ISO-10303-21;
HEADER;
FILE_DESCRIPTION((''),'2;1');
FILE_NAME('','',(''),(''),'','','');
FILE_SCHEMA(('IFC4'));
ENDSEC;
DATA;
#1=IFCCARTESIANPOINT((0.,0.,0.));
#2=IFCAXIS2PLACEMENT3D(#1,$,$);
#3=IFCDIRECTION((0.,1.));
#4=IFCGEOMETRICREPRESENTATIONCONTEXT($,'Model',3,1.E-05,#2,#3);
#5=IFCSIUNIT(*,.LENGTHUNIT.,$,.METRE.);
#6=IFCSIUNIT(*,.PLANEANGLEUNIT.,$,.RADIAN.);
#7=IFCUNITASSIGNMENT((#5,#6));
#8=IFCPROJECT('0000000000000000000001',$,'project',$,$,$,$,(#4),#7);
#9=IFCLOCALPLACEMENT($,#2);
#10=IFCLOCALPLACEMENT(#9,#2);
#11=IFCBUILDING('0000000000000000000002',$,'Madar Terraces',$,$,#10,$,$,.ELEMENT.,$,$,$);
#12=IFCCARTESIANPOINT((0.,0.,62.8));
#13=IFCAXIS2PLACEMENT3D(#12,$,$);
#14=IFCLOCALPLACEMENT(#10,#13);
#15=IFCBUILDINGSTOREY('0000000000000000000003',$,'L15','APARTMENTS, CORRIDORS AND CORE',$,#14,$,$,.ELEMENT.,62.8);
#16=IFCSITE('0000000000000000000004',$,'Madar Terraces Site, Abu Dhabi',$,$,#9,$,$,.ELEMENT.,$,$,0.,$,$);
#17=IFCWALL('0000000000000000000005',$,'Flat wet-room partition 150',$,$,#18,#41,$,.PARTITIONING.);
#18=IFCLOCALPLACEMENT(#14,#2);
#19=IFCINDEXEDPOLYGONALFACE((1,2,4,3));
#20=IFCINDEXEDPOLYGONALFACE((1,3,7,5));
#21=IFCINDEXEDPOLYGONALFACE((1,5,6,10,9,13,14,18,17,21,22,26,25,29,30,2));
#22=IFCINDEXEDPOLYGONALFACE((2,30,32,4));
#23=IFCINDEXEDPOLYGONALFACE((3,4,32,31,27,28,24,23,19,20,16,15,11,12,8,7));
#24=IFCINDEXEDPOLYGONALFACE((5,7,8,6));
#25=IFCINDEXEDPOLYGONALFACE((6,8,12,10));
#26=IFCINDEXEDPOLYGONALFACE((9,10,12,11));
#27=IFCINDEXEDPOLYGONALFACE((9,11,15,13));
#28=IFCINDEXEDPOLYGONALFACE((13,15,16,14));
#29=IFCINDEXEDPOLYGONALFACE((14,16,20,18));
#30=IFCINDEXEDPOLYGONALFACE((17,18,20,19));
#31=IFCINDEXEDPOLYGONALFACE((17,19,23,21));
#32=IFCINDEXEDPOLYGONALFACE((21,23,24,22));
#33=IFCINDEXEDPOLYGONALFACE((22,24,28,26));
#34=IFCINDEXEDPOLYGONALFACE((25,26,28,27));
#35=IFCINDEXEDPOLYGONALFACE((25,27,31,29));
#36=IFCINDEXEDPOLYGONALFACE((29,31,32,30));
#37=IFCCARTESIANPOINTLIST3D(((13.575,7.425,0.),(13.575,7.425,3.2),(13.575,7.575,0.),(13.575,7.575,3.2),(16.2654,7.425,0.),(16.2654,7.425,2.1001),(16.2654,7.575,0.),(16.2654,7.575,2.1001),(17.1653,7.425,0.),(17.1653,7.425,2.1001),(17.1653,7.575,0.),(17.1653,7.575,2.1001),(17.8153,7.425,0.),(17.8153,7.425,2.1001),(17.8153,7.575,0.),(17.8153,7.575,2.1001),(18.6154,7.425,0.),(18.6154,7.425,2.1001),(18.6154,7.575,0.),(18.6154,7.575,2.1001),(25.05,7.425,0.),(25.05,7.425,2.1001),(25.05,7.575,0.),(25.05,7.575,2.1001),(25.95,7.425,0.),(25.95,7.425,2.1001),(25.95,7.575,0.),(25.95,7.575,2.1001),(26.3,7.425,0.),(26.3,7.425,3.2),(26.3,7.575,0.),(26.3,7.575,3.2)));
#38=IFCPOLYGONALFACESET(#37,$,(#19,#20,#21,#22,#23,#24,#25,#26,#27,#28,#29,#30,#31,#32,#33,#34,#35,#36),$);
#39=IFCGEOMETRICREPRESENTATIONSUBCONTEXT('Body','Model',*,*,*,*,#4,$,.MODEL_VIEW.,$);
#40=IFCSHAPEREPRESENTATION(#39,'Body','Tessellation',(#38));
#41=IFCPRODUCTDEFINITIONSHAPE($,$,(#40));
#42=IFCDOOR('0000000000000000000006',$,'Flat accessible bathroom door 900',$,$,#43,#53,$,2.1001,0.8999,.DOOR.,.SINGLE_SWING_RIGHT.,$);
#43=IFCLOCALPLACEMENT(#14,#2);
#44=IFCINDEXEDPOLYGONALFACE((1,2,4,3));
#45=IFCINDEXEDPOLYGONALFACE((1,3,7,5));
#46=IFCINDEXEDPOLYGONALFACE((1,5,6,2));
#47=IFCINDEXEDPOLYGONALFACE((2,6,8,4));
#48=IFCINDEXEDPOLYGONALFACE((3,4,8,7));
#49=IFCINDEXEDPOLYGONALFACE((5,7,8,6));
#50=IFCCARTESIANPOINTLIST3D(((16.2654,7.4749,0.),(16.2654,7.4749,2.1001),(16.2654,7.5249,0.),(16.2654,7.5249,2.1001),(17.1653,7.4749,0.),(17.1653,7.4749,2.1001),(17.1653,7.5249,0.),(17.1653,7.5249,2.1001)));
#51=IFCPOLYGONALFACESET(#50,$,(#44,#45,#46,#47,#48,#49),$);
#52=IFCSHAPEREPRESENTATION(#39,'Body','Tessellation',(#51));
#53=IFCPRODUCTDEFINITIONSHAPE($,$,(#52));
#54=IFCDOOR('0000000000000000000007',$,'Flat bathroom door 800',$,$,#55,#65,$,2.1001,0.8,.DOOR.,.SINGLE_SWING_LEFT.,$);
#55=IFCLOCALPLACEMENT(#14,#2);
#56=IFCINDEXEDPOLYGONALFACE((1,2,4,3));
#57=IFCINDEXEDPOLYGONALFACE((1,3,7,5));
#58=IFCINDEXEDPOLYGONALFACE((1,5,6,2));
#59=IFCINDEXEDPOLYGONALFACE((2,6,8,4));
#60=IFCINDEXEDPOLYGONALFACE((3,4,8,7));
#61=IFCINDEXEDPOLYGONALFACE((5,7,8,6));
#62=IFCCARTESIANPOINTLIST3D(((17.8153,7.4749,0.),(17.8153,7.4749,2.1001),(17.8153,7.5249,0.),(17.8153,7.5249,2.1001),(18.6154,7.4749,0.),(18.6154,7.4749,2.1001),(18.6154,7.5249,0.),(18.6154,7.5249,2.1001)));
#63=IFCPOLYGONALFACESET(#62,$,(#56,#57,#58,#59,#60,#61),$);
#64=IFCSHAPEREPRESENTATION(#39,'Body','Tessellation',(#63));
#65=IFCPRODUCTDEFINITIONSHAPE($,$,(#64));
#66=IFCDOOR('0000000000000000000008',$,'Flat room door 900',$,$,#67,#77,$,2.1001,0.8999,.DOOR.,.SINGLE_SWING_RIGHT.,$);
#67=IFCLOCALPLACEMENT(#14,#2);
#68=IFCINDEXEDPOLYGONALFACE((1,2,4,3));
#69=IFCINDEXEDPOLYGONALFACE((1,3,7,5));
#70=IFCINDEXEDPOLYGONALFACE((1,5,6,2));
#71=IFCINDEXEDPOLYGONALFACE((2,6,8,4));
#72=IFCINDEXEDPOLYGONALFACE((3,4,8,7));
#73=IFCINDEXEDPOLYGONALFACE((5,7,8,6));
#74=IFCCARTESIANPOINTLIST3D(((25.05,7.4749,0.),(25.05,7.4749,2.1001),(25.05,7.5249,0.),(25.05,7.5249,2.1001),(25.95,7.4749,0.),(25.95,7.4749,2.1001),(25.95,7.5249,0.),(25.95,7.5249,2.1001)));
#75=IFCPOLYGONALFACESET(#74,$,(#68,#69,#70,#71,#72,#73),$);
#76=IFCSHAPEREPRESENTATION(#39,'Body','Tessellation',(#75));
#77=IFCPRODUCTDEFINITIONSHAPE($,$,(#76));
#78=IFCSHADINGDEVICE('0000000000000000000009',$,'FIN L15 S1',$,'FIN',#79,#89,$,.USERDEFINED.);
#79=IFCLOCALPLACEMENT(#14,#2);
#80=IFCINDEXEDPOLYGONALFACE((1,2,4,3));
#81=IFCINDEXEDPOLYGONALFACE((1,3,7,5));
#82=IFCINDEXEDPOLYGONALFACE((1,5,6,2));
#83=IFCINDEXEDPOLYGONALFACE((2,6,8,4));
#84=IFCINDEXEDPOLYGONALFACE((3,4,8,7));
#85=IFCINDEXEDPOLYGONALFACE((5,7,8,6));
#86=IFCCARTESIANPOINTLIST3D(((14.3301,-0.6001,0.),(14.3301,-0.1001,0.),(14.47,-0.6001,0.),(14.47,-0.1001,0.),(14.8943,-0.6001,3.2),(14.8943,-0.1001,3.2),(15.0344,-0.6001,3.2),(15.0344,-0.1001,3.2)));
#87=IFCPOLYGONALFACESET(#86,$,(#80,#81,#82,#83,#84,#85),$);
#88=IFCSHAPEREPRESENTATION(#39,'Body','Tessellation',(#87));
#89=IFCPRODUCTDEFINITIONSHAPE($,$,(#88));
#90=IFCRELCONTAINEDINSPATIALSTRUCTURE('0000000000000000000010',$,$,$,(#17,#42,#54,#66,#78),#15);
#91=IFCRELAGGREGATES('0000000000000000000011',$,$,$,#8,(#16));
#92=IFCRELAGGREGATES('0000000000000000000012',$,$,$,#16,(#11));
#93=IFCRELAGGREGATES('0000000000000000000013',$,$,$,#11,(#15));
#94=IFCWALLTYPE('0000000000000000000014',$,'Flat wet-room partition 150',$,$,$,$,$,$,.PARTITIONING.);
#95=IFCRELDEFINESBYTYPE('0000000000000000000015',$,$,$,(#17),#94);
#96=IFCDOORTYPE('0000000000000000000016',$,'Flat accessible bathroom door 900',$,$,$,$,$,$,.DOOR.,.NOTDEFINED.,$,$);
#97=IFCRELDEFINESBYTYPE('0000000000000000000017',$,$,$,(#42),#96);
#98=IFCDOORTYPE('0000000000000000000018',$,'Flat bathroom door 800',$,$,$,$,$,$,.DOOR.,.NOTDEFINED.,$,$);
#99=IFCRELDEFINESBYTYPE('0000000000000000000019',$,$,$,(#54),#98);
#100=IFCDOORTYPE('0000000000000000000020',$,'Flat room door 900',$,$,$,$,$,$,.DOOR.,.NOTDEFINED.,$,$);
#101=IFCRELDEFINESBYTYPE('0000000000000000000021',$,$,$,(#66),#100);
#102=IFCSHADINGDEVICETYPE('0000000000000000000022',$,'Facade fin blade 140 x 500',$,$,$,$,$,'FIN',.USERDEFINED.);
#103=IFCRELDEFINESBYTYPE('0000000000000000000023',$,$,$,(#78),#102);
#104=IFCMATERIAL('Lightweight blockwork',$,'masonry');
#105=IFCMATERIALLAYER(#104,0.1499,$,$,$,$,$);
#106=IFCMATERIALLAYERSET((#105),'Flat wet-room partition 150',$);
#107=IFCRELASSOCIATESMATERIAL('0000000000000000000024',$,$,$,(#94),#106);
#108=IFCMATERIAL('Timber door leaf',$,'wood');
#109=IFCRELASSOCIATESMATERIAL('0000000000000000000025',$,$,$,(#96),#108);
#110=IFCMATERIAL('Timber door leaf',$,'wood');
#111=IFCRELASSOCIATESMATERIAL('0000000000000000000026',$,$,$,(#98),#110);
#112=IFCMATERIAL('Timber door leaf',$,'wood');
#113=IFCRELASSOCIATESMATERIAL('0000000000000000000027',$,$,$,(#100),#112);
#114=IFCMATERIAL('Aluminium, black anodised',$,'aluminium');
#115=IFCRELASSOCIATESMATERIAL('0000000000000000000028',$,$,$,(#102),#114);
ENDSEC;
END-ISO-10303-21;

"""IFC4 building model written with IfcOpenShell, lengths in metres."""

from ifc_helpers import new_model, si_unit, direction, frame, frame_2d, origin, place, context, subcontext, project, spatial, polyline, rectangle, outline, extrude, material, layer, layer_set, type_object, element, fill, save


model = new_model("IFC4")

# Units and contexts
model_context = context("Model", 3, precision=1e-05, world=origin(), true_north=direction((0.0, 1.0)))
body_context = subcontext(model_context, "Body", "Model", "MODEL_VIEW")
ifc_project = project(units=[si_unit("LENGTHUNIT", "METRE"), si_unit("PLANEANGLEUNIT", "RADIAN")], contexts=[model_context])

# Site, building, storey
site_placement = place(None, origin())
site = spatial("IfcSite", under=ifc_project, at=site_placement, Name="Madar Terraces Site, Abu Dhabi", CompositionType="ELEMENT", RefElevation=0.0)
building_placement = place(site_placement, origin())
building = spatial("IfcBuilding", under=site, at=building_placement, Name="Madar Terraces", CompositionType="ELEMENT")
storey_placement = place(building_placement, frame((0.0, 0.0, 62.8)))
storey = spatial("IfcBuildingStorey", under=building, at=storey_placement, Name="L15", Description="APARTMENTS, CORRIDORS AND CORE", CompositionType="ELEMENT", Elevation=62.8)

# Shared definitions
ifc_material_1 = material(Name="Lightweight blockwork", Category="masonry")
ifc_layer_1 = layer(ifc_material_1, 0.1499)
ifc_layer_set_1 = layer_set([ifc_layer_1], Name="Flat wet-room partition 150")
wall_type_1 = type_object("IfcWallType", Name="Flat wet-room partition 150", PredefinedType="PARTITIONING", material=ifc_layer_set_1)

# Wall, openings, doors
wall_1_placement = place(storey_placement, frame((13.575, 7.5, 0.0), z_axis=(0.0, 0.0, 1.0), x_axis=(1.0, 0.0, 0.0)))
wall_1 = element("IfcWall", 1, at=wall_1_placement, inside=storey, type_object=wall_type_1, Name="Flat wet-room partition 150", PredefinedType="PARTITIONING", context=body_context, shape_type="SweptSolid", body=[
    extrude(rectangle(XDim=12.7251, YDim=0.1499, at=frame_2d((6.3625, 0.0))), origin(), (0.0, 0.0, 1.0), 3.2),
])
opening_1_placement = place(wall_1_placement, frame((2.6904, 0.0, 0.0)))
opening_1 = element("IfcOpeningElement", 2, at=opening_1_placement, cuts=wall_1, PredefinedType="OPENING", context=body_context, shape_type="SweptSolid", body=[
    extrude(rectangle(XDim=0.8999, YDim=2.1001, at=frame_2d((0.45, 1.05))), frame((0.0, 0.085, 0.0), z_axis=(0.0, -1.0, 0.0), x_axis=(1.0, 0.0, 0.0)), (0.0, 0.0, 1.0), 0.1699),
])
opening_2_placement = place(wall_1_placement, frame((4.2405, 0.0, 0.0)))
opening_2 = element("IfcOpeningElement", 3, at=opening_2_placement, cuts=wall_1, PredefinedType="OPENING", context=body_context, shape_type="SweptSolid", body=[
    extrude(rectangle(XDim=0.8, YDim=2.1001, at=frame_2d((0.3999, 1.05))), frame((0.0, 0.085, 0.0), z_axis=(0.0, -1.0, 0.0), x_axis=(1.0, 0.0, 0.0)), (0.0, 0.0, 1.0), 0.1699),
])
opening_3_placement = place(wall_1_placement, frame((11.4751, 0.0, 0.0)))
opening_3 = element("IfcOpeningElement", 4, at=opening_3_placement, cuts=wall_1, PredefinedType="OPENING", context=body_context, shape_type="SweptSolid", body=[
    extrude(rectangle(XDim=0.8999, YDim=2.1001, at=frame_2d((0.45, 1.05))), frame((0.0, 0.085, 0.0), z_axis=(0.0, -1.0, 0.0), x_axis=(1.0, 0.0, 0.0)), (0.0, 0.0, 1.0), 0.1699),
])
ifc_material_2 = material(Name="Timber door leaf", Category="wood")
door_type_1 = type_object("IfcDoorType", Name="Flat accessible bathroom door 900", OperationType="NOTDEFINED", PredefinedType="DOOR", material=ifc_material_2)
door_1_placement = place(opening_1_placement, origin())
door_1 = element("IfcDoor", 5, at=door_1_placement, inside=storey, type_object=door_type_1, Name="Flat accessible bathroom door 900", OperationType="SINGLE_SWING_RIGHT", OverallHeight=2.1001, OverallWidth=0.8999, PredefinedType="DOOR", context=body_context, shape_type="SweptSolid", body=[
    extrude(rectangle(XDim=0.8999, YDim=2.1001, at=frame_2d((0.45, 1.05))), frame((0.0, 0.0249, 0.0), z_axis=(0.0, -1.0, 0.0), x_axis=(1.0, 0.0, 0.0)), (0.0, 0.0, 1.0), 0.05),
])
fill(opening_1, door_1)
ifc_material_3 = material(Name="Timber door leaf", Category="wood")
door_type_2 = type_object("IfcDoorType", Name="Flat bathroom door 800", OperationType="NOTDEFINED", PredefinedType="DOOR", material=ifc_material_3)
door_2_placement = place(opening_2_placement, origin())
door_2 = element("IfcDoor", 6, at=door_2_placement, inside=storey, type_object=door_type_2, Name="Flat bathroom door 800", OperationType="SINGLE_SWING_LEFT", OverallHeight=2.1001, OverallWidth=0.8, PredefinedType="DOOR", context=body_context, shape_type="SweptSolid", body=[
    extrude(rectangle(XDim=0.8, YDim=2.1001, at=frame_2d((0.3999, 1.05))), frame((0.0, 0.0249, 0.0), z_axis=(0.0, -1.0, 0.0), x_axis=(1.0, 0.0, 0.0)), (0.0, 0.0, 1.0), 0.05),
])
fill(opening_2, door_2)
ifc_material_4 = material(Name="Timber door leaf", Category="wood")
door_type_3 = type_object("IfcDoorType", Name="Flat room door 900", OperationType="NOTDEFINED", PredefinedType="DOOR", material=ifc_material_4)
door_3_placement = place(opening_3_placement, origin())
door_3 = element("IfcDoor", 7, at=door_3_placement, inside=storey, type_object=door_type_3, Name="Flat room door 900", OperationType="SINGLE_SWING_RIGHT", OverallHeight=2.1001, OverallWidth=0.8999, PredefinedType="DOOR", context=body_context, shape_type="SweptSolid", body=[
    extrude(rectangle(XDim=0.8999, YDim=2.1001, at=frame_2d((0.45, 1.05))), frame((0.0, 0.0249, 0.0), z_axis=(0.0, -1.0, 0.0), x_axis=(1.0, 0.0, 0.0)), (0.0, 0.0, 1.0), 0.05),
])
fill(opening_3, door_3)

# Shading device
ifc_material_5 = material(Name="Aluminium, black anodised", Category="aluminium")
shading_device_type = type_object("IfcShadingDeviceType", Name="Facade fin blade 140 x 500", ElementType="FIN", PredefinedType="USERDEFINED", material=ifc_material_5)
shading_device_placement = place(storey_placement, frame((14.3301, -0.3501, 0.0), z_axis=(0.0, 0.0, 1.0), x_axis=(1.0, 0.0, 0.0)))
element("IfcShadingDevice", 8, at=shading_device_placement, inside=storey, type_object=shading_device_type, Name="FIN L15 S1", ObjectType="FIN", PredefinedType="USERDEFINED", context=body_context, shape_type="SweptSolid", body=[
    extrude(outline(polyline([(0.0, 0.0), (0.1399, 0.0), (0.7043, 3.2), (0.5642, 3.2), (0.0, 0.0)])), frame((0.0, 0.25, 0.0), z_axis=(0.0, -1.0, 0.0), x_axis=(1.0, 0.0, 0.0)), (0.0, 0.0, 1.0), 0.5),
])

save(model, "model.ifc")
